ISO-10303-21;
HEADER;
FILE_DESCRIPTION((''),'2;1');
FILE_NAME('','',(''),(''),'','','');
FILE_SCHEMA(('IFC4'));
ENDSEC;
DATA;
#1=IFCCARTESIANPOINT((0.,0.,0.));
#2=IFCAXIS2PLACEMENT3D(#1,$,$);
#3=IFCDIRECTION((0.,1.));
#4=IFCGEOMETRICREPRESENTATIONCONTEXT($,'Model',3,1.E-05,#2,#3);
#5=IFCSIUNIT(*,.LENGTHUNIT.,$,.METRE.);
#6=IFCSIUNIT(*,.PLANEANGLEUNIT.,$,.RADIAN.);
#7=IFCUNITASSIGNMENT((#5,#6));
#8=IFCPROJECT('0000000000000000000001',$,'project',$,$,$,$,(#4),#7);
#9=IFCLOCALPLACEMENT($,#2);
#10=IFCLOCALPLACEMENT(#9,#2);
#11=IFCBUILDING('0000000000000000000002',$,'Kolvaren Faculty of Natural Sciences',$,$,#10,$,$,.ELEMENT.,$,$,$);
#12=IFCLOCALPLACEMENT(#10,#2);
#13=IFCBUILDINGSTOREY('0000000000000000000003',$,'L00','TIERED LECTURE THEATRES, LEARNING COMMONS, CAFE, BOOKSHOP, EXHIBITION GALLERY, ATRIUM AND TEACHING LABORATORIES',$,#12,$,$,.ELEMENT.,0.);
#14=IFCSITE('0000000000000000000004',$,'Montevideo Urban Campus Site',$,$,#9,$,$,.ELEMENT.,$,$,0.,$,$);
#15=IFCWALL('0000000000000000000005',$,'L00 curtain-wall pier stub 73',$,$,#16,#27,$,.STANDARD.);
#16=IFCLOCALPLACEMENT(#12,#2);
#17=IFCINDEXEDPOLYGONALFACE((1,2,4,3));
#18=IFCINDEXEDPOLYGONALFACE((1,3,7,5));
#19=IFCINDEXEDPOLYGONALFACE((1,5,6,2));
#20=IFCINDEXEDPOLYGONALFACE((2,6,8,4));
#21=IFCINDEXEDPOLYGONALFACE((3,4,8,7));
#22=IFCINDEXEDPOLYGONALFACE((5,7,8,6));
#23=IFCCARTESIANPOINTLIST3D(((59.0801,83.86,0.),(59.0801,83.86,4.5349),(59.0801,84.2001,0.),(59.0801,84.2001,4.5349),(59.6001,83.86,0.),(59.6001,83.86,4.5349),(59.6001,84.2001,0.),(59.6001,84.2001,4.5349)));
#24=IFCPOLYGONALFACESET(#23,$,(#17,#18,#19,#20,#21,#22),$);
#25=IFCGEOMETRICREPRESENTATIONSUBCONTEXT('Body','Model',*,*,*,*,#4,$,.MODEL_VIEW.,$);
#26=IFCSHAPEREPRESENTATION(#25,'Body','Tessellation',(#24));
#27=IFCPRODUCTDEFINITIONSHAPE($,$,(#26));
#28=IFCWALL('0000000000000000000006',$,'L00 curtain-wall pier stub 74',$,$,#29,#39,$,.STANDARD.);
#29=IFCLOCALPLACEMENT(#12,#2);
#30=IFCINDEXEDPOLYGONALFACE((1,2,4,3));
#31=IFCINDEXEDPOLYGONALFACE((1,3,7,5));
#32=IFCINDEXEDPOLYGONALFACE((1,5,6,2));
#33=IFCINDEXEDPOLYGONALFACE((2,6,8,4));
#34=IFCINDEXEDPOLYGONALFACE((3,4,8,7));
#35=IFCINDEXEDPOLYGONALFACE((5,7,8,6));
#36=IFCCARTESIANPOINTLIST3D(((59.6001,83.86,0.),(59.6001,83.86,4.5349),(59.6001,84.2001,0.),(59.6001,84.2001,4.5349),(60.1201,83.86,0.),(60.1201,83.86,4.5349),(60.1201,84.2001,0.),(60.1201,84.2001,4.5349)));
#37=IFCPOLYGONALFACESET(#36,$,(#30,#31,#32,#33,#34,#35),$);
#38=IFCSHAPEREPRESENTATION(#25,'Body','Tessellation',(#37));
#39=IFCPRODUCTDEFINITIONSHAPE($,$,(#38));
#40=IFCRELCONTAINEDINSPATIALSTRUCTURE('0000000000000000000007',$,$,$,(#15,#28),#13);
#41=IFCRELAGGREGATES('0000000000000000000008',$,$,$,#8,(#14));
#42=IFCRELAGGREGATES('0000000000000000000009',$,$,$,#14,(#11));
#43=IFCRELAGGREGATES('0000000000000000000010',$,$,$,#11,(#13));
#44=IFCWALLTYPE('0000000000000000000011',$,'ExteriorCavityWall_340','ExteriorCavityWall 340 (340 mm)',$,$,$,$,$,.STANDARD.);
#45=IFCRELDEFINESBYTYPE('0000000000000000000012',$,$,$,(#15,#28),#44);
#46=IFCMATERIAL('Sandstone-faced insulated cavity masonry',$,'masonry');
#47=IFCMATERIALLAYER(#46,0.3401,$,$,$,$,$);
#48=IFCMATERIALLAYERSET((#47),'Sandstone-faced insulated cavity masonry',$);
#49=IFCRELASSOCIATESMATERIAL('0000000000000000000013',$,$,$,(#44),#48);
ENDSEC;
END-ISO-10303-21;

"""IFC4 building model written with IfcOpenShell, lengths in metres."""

from ifc_helpers import new_model, si_unit, direction, frame, frame_2d, origin, place, context, subcontext, project, spatial, rectangle, extrude, material, layer, layer_set, type_object, element, save


model = new_model("IFC4")

# Units and contexts
model_context = context("Model", 3, precision=1e-05, world=origin(), true_north=direction((0.0, 1.0)))
body_context = subcontext(model_context, "Body", "Model", "MODEL_VIEW")
ifc_project = project(units=[si_unit("LENGTHUNIT", "METRE"), si_unit("PLANEANGLEUNIT", "RADIAN")], contexts=[model_context])

# Site, building, storey
site_placement = place(None, origin())
site = spatial("IfcSite", under=ifc_project, at=site_placement, Name="Montevideo Urban Campus Site", CompositionType="ELEMENT", RefElevation=0.0)
building_placement = place(site_placement, origin())
building = spatial("IfcBuilding", under=site, at=building_placement, Name="Kolvaren Faculty of Natural Sciences", CompositionType="ELEMENT")
storey_placement = place(building_placement, origin())
storey = spatial("IfcBuildingStorey", under=building, at=storey_placement, Name="L00", Description="TIERED LECTURE THEATRES, LEARNING COMMONS, CAFE, BOOKSHOP, EXHIBITION GALLERY, ATRIUM AND TEACHING LABORATORIES", CompositionType="ELEMENT", Elevation=0.0)

# Walls
ifc_material_1 = material(Name="Sandstone-faced insulated cavity masonry", Category="masonry")
ifc_layer_1 = layer(ifc_material_1, 0.3401)
ifc_layer_set_1 = layer_set([ifc_layer_1], Name="Sandstone-faced insulated cavity masonry")
wall_type_1 = type_object("IfcWallType", Name="ExteriorCavityWall_340", Description="ExteriorCavityWall 340 (340 mm)", PredefinedType="STANDARD", material=ifc_layer_set_1)
for number, where, z_axis, x_axis, name in (
    (1, (59.0801, 84.03, 0.0), (0.0, 0.0, 1.0), (1.0, 0.0, 0.0), "L00 curtain-wall pier stub 73"),
    (2, (59.6001, 84.03, 0.0), (0.0, 0.0, 1.0), (1.0, 0.0, 0.0), "L00 curtain-wall pier stub 74"),
):
    element("IfcWall", number, at=place(storey_placement, frame(where, z_axis=z_axis, x_axis=x_axis)), inside=storey, type_object=wall_type_1, Name=name, PredefinedType="STANDARD", context=body_context, shape_type="SweptSolid", body=[
        extrude(rectangle(XDim=0.52, YDim=0.3401, at=frame_2d((0.26, 0.0))), origin(), (0.0, 0.0, 1.0), 4.5349),
    ])

save(model, "model.ifc")
